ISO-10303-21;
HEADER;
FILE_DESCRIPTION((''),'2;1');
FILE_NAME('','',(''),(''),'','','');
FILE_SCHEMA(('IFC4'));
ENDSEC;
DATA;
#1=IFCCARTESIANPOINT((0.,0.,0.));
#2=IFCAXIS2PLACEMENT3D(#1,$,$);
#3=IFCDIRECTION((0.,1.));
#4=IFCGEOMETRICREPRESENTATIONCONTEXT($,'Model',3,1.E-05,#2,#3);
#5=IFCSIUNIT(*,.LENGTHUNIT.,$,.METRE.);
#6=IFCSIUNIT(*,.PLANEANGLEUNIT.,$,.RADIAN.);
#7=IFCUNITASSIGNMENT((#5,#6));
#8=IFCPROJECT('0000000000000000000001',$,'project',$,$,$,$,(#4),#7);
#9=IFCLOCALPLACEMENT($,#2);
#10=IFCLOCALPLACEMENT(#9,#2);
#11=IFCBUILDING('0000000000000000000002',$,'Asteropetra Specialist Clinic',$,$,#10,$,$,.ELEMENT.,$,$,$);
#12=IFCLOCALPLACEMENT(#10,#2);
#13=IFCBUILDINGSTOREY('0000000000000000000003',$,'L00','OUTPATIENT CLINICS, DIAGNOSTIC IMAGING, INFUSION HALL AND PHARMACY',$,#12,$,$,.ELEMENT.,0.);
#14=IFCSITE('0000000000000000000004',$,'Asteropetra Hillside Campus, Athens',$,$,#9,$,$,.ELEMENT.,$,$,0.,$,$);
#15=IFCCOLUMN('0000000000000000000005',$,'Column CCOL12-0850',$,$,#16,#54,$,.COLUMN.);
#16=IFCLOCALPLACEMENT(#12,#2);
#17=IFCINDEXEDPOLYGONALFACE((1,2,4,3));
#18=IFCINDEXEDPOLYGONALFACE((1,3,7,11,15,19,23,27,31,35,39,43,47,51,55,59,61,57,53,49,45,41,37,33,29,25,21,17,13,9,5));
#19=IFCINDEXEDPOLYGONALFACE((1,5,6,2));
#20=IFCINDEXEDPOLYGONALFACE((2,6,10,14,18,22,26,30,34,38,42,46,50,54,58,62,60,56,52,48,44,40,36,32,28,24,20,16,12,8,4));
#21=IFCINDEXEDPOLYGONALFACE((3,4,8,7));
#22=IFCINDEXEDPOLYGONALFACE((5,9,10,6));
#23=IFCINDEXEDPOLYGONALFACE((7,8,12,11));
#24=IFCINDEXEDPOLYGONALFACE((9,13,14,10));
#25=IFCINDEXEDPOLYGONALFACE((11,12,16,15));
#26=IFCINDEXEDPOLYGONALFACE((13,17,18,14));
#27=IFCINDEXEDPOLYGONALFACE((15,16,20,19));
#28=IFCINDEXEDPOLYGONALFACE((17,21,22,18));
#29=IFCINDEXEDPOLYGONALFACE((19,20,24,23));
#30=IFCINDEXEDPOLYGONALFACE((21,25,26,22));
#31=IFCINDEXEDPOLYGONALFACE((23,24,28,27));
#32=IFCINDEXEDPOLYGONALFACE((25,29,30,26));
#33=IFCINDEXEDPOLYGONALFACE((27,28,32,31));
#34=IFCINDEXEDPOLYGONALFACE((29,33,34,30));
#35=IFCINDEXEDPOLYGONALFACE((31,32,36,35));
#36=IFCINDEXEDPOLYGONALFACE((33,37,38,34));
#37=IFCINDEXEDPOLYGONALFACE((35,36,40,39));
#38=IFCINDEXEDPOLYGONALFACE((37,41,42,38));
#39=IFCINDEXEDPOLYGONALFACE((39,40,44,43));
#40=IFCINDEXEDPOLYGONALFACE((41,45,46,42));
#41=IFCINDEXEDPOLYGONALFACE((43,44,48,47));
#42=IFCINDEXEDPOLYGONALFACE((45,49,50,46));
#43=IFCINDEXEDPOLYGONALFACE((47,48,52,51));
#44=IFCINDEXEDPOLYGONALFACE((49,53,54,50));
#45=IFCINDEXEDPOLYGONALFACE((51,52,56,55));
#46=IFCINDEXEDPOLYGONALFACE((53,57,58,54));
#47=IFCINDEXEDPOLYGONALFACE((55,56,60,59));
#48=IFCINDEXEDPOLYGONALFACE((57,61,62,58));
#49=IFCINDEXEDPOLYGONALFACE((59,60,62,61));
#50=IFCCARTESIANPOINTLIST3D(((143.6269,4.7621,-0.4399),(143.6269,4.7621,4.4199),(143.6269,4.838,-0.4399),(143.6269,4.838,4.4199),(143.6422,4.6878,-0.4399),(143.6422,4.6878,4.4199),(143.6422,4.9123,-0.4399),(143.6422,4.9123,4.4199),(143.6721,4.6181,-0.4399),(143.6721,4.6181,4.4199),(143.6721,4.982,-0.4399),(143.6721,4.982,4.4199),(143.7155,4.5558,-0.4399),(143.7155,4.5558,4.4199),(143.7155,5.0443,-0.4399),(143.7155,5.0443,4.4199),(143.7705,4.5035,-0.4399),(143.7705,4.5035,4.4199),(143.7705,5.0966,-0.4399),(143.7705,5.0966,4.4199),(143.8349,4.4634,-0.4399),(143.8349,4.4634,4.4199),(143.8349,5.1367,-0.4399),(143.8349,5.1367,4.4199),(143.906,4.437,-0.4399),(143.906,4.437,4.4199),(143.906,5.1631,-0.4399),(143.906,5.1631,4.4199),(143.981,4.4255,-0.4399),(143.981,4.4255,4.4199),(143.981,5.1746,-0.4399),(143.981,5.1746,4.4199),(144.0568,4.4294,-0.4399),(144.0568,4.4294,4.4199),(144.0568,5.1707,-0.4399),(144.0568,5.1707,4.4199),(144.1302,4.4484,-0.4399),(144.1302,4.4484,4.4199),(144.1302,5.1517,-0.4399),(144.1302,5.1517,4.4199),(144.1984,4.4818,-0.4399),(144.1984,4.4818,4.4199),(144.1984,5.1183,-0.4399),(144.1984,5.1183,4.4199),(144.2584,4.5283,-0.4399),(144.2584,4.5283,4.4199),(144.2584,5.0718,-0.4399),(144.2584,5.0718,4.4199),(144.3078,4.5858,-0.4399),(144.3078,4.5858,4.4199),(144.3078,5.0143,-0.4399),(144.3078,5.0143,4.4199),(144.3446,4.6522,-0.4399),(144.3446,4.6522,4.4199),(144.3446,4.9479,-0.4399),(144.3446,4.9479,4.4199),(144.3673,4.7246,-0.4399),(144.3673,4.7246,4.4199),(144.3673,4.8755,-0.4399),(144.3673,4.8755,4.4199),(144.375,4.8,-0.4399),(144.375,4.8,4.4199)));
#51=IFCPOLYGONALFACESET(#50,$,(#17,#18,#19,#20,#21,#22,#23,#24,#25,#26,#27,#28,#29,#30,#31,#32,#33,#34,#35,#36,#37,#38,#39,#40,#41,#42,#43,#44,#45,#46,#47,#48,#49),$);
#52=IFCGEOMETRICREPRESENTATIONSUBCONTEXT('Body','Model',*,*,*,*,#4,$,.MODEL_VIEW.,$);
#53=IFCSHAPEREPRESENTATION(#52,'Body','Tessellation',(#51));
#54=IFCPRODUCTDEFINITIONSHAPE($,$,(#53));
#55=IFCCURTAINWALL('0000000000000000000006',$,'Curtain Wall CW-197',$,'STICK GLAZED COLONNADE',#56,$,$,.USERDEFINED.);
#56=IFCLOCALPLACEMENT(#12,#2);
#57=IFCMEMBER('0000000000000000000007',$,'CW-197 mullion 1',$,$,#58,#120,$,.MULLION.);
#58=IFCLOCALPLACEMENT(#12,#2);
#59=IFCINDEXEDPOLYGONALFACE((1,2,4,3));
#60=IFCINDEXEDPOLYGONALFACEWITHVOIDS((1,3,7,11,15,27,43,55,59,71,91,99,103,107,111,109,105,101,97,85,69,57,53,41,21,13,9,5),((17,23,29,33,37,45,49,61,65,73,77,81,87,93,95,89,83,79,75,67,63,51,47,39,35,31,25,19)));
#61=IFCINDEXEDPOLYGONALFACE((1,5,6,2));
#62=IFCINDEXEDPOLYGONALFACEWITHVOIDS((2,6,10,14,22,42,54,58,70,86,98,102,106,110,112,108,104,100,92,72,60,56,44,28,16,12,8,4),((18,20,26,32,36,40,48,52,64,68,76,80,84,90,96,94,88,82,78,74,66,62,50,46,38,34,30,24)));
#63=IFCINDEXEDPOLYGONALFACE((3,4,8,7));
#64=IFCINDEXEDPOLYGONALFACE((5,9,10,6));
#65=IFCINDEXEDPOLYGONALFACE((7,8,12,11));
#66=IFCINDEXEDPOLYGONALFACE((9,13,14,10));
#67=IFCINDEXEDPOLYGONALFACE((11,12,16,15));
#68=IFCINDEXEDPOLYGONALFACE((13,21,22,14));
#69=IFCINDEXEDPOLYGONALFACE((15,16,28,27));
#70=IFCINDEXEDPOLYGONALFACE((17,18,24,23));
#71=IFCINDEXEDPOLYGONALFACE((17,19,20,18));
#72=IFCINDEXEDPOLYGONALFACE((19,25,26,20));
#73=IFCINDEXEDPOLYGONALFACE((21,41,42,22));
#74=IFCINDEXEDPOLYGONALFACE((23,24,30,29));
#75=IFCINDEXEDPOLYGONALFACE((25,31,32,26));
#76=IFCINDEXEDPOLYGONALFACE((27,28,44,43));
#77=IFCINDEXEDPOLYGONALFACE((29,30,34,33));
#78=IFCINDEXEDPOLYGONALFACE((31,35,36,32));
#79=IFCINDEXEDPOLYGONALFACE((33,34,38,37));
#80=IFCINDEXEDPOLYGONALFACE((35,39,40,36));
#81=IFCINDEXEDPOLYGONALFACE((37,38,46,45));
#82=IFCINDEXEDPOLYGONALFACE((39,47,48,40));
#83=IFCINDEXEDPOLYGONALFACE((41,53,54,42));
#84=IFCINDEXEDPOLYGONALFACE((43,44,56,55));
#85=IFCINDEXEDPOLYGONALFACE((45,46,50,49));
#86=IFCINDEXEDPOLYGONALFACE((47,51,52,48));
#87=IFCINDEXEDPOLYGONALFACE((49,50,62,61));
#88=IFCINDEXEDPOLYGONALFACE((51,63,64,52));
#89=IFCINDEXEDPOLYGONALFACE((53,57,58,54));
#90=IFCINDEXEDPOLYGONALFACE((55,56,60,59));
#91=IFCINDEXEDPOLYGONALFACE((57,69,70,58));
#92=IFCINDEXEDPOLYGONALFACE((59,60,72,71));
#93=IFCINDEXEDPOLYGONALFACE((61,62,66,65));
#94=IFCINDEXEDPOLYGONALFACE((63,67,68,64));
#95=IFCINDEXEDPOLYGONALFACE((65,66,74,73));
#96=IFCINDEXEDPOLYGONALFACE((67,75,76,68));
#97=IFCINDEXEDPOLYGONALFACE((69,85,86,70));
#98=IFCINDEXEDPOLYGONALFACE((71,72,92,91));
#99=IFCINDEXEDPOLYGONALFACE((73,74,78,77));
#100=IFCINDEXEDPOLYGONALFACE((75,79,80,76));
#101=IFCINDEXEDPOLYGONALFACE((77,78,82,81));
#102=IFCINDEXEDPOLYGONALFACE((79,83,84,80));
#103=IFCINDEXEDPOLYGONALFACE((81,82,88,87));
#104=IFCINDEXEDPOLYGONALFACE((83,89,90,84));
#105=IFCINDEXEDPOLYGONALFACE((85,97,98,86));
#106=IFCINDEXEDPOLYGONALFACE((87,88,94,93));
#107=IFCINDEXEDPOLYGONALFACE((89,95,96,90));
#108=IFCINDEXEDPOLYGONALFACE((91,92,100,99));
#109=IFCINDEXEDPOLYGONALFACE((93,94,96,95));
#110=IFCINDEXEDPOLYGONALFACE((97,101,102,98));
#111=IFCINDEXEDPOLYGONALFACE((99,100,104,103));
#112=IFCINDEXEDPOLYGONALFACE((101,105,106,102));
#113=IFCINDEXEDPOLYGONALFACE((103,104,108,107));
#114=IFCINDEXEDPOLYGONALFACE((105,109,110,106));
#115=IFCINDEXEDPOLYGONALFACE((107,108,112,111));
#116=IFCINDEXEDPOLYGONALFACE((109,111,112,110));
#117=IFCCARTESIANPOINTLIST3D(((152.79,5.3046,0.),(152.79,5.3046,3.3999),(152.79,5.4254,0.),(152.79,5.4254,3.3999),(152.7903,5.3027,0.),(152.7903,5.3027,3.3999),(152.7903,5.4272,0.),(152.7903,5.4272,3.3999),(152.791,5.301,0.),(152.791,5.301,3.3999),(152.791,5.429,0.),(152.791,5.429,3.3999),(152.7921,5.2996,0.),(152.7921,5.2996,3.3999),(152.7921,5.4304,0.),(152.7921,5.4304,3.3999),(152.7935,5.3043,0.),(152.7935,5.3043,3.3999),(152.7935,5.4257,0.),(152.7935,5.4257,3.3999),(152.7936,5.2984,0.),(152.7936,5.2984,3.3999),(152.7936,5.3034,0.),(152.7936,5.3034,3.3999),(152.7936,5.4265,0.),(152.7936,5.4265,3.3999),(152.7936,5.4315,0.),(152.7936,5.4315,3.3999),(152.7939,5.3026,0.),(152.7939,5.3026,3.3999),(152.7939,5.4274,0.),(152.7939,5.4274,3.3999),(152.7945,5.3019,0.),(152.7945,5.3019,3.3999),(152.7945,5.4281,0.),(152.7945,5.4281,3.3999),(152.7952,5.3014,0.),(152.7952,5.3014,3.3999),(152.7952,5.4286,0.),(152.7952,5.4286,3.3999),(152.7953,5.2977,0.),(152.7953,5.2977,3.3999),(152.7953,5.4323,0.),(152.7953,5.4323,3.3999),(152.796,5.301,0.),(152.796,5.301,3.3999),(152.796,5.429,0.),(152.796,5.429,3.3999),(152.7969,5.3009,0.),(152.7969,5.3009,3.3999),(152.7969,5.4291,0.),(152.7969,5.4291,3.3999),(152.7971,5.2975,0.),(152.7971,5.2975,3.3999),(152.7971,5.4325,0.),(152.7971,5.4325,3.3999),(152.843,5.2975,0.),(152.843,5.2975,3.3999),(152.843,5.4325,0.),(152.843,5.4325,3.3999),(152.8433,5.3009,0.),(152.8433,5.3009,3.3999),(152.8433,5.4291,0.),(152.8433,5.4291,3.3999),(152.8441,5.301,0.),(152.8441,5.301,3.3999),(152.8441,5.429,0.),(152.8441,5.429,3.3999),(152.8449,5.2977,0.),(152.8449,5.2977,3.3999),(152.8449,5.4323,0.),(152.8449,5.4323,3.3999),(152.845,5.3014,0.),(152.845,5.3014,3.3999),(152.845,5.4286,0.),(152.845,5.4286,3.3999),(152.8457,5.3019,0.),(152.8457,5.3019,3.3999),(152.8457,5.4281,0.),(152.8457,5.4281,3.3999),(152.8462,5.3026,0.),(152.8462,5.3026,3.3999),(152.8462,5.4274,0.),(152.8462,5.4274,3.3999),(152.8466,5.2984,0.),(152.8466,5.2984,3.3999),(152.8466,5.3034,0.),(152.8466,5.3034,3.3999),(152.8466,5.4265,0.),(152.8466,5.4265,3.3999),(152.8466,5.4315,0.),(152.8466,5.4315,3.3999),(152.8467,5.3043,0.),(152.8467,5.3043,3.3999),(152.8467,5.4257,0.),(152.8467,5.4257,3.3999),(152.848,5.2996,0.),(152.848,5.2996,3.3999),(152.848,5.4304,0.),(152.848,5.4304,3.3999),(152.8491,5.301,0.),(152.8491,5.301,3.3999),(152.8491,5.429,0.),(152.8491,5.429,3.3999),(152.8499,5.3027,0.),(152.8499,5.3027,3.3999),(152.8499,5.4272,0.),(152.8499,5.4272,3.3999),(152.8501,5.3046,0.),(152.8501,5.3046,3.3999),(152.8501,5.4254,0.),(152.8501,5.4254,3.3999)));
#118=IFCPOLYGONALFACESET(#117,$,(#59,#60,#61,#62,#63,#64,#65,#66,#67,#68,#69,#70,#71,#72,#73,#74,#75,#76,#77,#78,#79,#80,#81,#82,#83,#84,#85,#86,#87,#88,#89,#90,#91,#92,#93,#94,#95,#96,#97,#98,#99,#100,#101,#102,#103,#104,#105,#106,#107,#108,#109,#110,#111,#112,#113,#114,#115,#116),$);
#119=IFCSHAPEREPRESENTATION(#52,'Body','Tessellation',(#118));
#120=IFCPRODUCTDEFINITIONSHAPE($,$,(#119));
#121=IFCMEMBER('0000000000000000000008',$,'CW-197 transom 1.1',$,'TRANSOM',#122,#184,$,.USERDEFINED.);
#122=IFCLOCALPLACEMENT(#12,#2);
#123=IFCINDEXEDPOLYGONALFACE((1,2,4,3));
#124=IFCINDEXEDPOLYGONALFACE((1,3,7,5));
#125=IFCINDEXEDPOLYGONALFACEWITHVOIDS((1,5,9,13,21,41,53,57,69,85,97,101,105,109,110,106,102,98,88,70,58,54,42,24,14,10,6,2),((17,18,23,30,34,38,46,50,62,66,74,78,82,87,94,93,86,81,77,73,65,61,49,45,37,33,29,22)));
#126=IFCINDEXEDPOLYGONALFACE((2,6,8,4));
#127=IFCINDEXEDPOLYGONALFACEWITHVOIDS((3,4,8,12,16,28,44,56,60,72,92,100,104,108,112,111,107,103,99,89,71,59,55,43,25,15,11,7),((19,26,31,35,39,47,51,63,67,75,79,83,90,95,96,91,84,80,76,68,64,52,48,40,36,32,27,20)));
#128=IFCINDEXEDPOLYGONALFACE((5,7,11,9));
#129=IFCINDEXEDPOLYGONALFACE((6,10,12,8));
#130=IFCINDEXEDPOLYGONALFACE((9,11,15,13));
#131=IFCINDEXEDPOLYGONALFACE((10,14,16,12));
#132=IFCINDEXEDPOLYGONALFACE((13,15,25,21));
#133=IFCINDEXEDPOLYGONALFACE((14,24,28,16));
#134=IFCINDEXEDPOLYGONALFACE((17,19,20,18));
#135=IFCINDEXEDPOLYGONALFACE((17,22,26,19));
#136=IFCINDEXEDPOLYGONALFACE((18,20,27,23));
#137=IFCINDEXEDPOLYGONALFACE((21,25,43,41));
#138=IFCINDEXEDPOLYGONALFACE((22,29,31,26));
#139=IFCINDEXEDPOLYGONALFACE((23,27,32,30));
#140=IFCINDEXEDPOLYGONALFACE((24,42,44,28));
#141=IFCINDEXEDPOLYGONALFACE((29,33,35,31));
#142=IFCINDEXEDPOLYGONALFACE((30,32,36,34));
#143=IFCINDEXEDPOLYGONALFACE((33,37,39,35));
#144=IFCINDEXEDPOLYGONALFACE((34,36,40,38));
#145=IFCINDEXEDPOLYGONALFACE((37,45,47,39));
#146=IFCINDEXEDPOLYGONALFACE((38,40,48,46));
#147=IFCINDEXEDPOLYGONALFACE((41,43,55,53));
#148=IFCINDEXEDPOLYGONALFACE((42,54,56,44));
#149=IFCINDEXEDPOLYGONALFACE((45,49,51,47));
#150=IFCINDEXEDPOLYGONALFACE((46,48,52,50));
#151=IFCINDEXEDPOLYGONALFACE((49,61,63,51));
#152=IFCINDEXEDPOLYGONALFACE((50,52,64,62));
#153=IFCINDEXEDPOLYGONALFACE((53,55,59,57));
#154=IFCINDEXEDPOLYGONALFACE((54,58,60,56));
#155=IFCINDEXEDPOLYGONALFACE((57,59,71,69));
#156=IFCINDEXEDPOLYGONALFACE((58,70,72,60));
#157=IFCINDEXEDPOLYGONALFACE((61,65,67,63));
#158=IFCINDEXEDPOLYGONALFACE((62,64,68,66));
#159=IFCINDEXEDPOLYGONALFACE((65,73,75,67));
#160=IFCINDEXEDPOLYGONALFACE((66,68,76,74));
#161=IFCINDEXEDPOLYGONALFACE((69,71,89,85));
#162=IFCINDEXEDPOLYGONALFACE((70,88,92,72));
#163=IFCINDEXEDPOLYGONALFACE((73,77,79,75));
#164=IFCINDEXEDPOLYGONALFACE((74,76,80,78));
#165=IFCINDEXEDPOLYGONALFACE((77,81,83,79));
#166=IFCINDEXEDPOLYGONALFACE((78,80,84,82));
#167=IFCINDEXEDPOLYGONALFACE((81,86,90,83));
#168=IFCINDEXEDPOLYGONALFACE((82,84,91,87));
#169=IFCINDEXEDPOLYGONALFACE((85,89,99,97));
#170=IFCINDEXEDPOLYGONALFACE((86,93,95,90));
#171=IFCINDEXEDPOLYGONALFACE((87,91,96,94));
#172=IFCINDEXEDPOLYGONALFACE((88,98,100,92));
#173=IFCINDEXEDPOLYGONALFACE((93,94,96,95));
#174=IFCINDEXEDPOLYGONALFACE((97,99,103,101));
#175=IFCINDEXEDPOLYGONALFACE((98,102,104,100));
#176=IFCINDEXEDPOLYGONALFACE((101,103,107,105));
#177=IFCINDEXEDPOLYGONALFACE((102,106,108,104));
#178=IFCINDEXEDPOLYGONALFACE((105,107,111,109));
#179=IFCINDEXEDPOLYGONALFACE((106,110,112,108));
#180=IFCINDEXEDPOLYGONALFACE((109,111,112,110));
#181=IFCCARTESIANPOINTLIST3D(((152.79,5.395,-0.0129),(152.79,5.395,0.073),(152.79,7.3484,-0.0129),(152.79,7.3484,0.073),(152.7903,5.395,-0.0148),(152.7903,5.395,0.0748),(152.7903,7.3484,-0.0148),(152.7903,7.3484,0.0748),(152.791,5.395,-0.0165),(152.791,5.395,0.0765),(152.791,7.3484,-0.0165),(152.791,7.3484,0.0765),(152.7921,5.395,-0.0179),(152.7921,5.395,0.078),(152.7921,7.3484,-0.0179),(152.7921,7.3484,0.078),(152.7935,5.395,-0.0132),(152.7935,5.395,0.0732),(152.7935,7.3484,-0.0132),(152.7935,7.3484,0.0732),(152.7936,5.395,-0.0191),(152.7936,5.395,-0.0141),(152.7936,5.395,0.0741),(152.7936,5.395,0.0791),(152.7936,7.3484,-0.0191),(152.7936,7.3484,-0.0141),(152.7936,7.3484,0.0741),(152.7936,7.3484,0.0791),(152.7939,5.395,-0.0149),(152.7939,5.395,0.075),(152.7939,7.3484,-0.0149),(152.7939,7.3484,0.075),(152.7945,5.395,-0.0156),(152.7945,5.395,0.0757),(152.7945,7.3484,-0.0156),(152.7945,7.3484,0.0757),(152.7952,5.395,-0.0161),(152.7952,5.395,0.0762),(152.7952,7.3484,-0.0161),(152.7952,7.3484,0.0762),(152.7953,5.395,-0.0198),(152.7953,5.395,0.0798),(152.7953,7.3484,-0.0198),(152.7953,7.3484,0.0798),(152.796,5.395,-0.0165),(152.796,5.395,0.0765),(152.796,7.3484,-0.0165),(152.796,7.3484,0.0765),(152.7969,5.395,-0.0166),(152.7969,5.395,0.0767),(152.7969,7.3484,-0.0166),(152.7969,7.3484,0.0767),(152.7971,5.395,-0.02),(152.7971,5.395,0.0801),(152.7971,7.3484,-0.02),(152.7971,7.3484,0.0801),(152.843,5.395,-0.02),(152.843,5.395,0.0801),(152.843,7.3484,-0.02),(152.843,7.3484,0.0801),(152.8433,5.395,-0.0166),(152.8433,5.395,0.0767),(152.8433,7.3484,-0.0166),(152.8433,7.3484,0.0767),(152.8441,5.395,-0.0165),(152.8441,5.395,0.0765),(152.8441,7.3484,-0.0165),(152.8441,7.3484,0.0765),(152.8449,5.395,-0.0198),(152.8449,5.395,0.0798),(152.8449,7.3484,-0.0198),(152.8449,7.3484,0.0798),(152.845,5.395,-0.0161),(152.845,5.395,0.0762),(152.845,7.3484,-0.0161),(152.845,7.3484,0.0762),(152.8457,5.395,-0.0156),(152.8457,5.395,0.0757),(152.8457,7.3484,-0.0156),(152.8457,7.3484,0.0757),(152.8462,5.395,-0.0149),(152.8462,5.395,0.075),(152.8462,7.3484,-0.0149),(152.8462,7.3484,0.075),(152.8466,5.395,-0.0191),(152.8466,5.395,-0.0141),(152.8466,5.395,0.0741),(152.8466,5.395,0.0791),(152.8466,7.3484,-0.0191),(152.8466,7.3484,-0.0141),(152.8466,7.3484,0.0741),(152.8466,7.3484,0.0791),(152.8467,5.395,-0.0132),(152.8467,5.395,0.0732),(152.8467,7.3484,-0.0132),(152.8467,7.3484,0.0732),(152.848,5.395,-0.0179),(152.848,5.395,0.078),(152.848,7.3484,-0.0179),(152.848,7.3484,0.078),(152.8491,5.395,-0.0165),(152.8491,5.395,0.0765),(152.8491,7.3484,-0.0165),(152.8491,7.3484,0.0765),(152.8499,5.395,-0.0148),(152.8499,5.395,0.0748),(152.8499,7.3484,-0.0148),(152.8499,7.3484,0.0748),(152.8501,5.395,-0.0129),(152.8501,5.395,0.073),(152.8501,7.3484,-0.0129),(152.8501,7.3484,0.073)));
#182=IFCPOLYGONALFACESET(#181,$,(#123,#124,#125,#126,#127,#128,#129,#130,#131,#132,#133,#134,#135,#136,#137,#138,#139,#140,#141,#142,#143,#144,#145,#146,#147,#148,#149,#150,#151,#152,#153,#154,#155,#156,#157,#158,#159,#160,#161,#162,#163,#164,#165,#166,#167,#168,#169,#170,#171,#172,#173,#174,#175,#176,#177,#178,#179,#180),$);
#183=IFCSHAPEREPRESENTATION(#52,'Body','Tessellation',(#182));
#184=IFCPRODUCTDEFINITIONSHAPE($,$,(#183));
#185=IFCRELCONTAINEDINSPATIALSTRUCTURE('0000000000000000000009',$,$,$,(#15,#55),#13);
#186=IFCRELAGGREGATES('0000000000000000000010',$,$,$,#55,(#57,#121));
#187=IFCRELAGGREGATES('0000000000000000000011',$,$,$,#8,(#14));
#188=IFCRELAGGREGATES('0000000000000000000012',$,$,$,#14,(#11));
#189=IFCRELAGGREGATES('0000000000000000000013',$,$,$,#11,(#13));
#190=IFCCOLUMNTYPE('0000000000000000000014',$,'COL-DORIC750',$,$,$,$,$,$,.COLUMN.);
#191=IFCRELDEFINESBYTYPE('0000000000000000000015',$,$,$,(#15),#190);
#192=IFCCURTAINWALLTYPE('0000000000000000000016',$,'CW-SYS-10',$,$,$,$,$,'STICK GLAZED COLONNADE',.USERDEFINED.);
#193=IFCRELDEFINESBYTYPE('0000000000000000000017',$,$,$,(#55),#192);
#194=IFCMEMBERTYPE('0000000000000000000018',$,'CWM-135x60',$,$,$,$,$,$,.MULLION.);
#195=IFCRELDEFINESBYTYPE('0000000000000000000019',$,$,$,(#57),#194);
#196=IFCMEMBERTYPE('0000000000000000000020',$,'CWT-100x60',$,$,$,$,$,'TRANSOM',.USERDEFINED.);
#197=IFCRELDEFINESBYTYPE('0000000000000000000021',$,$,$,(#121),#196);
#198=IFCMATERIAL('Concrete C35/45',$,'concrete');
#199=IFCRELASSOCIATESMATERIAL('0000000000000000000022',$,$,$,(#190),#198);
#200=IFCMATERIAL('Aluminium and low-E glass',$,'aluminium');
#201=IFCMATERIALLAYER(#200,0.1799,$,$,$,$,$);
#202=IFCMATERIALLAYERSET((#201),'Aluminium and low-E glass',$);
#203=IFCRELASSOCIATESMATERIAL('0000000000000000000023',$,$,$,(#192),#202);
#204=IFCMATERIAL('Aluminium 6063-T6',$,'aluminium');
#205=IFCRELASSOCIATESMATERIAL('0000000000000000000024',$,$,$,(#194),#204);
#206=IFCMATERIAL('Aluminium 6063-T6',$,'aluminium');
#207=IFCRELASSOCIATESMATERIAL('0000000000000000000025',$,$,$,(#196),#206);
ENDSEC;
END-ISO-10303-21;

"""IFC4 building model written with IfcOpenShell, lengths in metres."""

from ifc_helpers import new_model, si_unit, direction, frame, origin, origin_2d, place, context, subcontext, project, spatial, hollow_rectangle, circle, extrude, material, layer, layer_set, material_profile, profile_set, type_object, element, aggregate, save


model = new_model("IFC4")

# Units and contexts
model_context = context("Model", 3, precision=1e-05, world=origin(), true_north=direction((0.0, 1.0)))
body_context = subcontext(model_context, "Body", "Model", "MODEL_VIEW")
ifc_project = project(units=[si_unit("LENGTHUNIT", "METRE"), si_unit("PLANEANGLEUNIT", "RADIAN")], contexts=[model_context])

# Site, building, storey
site_placement = place(None, origin())
site = spatial("IfcSite", under=ifc_project, at=site_placement, Name="Asteropetra Hillside Campus, Athens", CompositionType="ELEMENT", RefElevation=0.0)
building_placement = place(site_placement, origin())
building = spatial("IfcBuilding", under=site, at=building_placement, Name="Asteropetra Specialist Clinic", CompositionType="ELEMENT")
storey_placement = place(building_placement, origin())
storey = spatial("IfcBuildingStorey", under=building, at=storey_placement, Name="L00", Description="OUTPATIENT CLINICS, DIAGNOSTIC IMAGING, INFUSION HALL AND PHARMACY", CompositionType="ELEMENT", Elevation=0.0)

# Column
ifc_material_1 = material(Name="Concrete C35/45", Category="concrete")
ifc_material_profile_1 = material_profile(ifc_material_1, circle(Radius=0.375, at=origin_2d()), Name="RCC D750")
ifc_profile_set_1 = profile_set([ifc_material_profile_1], Name="Concrete C35/45")
column_type = type_object("IfcColumnType", Name="COL-DORIC750", PredefinedType="COLUMN", material=ifc_profile_set_1)
column_placement = place(storey_placement, frame((144.0, 4.8, -0.4399), z_axis=(0.0, 0.0, 1.0), x_axis=(1.0, 0.0, 0.0)))
element("IfcColumn", 1, at=column_placement, inside=storey, type_object=column_type, Name="Column CCOL12-0850", PredefinedType="COLUMN", context=body_context, shape_type="SweptSolid", body=[
    extrude(circle(Radius=0.375, at=origin_2d()), origin(), (0.0, 0.0, 1.0), 4.8599),
])

# Curtain wall, members
ifc_material_2 = material(Name="Aluminium and low-E glass", Category="aluminium")
ifc_layer = layer(ifc_material_2, 0.1799)
ifc_layer_set = layer_set([ifc_layer], Name="Aluminium and low-E glass")
curtain_wall_type = type_object("IfcCurtainWallType", Name="CW-SYS-10", ElementType="STICK GLAZED COLONNADE", PredefinedType="USERDEFINED", material=ifc_layer_set)
curtain_wall_placement = place(storey_placement, origin())
curtain_wall = element("IfcCurtainWall", 2, at=curtain_wall_placement, inside=storey, type_object=curtain_wall_type, Name="Curtain Wall CW-197", ObjectType="STICK GLAZED COLONNADE", PredefinedType="USERDEFINED")
ifc_material_3 = material(Name="Aluminium 6063-T6", Category="aluminium")
ifc_material_profile_2 = material_profile(ifc_material_3, hollow_rectangle(XDim=0.0601, YDim=0.135, WallThickness=0.0034, InnerFilletRadius=0.0034, OuterFilletRadius=0.0071, at=origin_2d()), Name="MUL 135x60x3.5")
ifc_profile_set_2 = profile_set([ifc_material_profile_2], Name="Aluminium 6063-T6")
member_type_1 = type_object("IfcMemberType", Name="CWM-135x60", PredefinedType="MULLION", material=ifc_profile_set_2)
member_1_placement = place(storey_placement, frame((152.8201, 5.365, 0.0), z_axis=(0.0, 0.0, 1.0), x_axis=(-1.0, 0.0, 0.0)))
member_1 = element("IfcMember", 3, at=member_1_placement, type_object=member_type_1, Name="CW-197 mullion 1", PredefinedType="MULLION", context=body_context, shape_type="SweptSolid", body=[
    extrude(hollow_rectangle(XDim=0.0601, YDim=0.135, WallThickness=0.0034, InnerFilletRadius=0.0034, OuterFilletRadius=0.0071, at=origin_2d()), origin(), (0.0, 0.0, 1.0), 3.3999),
])
ifc_material_4 = material(Name="Aluminium 6063-T6", Category="aluminium")
ifc_material_profile_3 = material_profile(ifc_material_4, hollow_rectangle(XDim=0.0601, YDim=0.1001, WallThickness=0.0034, InnerFilletRadius=0.0034, OuterFilletRadius=0.0071, at=origin_2d()), Name="TRN 100x60x3.5")
ifc_profile_set_3 = profile_set([ifc_material_profile_3], Name="Aluminium 6063-T6")
member_type_2 = type_object("IfcMemberType", Name="CWT-100x60", ElementType="TRANSOM", PredefinedType="USERDEFINED", material=ifc_profile_set_3)
member_2_placement = place(storey_placement, frame((152.8201, 5.395, 0.03), z_axis=(0.0, 1.0, 0.0), x_axis=(-1.0, 0.0, 0.0)))
member_2 = element("IfcMember", 4, at=member_2_placement, type_object=member_type_2, Name="CW-197 transom 1.1", ObjectType="TRANSOM", PredefinedType="USERDEFINED", context=body_context, shape_type="SweptSolid", body=[
    extrude(hollow_rectangle(XDim=0.0601, YDim=0.1001, WallThickness=0.0034, InnerFilletRadius=0.0034, OuterFilletRadius=0.0071, at=origin_2d()), origin(), (0.0, 0.0, 1.0), 1.9534),
])
aggregate(curtain_wall, [member_1, member_2])

save(model, "model.ifc")
